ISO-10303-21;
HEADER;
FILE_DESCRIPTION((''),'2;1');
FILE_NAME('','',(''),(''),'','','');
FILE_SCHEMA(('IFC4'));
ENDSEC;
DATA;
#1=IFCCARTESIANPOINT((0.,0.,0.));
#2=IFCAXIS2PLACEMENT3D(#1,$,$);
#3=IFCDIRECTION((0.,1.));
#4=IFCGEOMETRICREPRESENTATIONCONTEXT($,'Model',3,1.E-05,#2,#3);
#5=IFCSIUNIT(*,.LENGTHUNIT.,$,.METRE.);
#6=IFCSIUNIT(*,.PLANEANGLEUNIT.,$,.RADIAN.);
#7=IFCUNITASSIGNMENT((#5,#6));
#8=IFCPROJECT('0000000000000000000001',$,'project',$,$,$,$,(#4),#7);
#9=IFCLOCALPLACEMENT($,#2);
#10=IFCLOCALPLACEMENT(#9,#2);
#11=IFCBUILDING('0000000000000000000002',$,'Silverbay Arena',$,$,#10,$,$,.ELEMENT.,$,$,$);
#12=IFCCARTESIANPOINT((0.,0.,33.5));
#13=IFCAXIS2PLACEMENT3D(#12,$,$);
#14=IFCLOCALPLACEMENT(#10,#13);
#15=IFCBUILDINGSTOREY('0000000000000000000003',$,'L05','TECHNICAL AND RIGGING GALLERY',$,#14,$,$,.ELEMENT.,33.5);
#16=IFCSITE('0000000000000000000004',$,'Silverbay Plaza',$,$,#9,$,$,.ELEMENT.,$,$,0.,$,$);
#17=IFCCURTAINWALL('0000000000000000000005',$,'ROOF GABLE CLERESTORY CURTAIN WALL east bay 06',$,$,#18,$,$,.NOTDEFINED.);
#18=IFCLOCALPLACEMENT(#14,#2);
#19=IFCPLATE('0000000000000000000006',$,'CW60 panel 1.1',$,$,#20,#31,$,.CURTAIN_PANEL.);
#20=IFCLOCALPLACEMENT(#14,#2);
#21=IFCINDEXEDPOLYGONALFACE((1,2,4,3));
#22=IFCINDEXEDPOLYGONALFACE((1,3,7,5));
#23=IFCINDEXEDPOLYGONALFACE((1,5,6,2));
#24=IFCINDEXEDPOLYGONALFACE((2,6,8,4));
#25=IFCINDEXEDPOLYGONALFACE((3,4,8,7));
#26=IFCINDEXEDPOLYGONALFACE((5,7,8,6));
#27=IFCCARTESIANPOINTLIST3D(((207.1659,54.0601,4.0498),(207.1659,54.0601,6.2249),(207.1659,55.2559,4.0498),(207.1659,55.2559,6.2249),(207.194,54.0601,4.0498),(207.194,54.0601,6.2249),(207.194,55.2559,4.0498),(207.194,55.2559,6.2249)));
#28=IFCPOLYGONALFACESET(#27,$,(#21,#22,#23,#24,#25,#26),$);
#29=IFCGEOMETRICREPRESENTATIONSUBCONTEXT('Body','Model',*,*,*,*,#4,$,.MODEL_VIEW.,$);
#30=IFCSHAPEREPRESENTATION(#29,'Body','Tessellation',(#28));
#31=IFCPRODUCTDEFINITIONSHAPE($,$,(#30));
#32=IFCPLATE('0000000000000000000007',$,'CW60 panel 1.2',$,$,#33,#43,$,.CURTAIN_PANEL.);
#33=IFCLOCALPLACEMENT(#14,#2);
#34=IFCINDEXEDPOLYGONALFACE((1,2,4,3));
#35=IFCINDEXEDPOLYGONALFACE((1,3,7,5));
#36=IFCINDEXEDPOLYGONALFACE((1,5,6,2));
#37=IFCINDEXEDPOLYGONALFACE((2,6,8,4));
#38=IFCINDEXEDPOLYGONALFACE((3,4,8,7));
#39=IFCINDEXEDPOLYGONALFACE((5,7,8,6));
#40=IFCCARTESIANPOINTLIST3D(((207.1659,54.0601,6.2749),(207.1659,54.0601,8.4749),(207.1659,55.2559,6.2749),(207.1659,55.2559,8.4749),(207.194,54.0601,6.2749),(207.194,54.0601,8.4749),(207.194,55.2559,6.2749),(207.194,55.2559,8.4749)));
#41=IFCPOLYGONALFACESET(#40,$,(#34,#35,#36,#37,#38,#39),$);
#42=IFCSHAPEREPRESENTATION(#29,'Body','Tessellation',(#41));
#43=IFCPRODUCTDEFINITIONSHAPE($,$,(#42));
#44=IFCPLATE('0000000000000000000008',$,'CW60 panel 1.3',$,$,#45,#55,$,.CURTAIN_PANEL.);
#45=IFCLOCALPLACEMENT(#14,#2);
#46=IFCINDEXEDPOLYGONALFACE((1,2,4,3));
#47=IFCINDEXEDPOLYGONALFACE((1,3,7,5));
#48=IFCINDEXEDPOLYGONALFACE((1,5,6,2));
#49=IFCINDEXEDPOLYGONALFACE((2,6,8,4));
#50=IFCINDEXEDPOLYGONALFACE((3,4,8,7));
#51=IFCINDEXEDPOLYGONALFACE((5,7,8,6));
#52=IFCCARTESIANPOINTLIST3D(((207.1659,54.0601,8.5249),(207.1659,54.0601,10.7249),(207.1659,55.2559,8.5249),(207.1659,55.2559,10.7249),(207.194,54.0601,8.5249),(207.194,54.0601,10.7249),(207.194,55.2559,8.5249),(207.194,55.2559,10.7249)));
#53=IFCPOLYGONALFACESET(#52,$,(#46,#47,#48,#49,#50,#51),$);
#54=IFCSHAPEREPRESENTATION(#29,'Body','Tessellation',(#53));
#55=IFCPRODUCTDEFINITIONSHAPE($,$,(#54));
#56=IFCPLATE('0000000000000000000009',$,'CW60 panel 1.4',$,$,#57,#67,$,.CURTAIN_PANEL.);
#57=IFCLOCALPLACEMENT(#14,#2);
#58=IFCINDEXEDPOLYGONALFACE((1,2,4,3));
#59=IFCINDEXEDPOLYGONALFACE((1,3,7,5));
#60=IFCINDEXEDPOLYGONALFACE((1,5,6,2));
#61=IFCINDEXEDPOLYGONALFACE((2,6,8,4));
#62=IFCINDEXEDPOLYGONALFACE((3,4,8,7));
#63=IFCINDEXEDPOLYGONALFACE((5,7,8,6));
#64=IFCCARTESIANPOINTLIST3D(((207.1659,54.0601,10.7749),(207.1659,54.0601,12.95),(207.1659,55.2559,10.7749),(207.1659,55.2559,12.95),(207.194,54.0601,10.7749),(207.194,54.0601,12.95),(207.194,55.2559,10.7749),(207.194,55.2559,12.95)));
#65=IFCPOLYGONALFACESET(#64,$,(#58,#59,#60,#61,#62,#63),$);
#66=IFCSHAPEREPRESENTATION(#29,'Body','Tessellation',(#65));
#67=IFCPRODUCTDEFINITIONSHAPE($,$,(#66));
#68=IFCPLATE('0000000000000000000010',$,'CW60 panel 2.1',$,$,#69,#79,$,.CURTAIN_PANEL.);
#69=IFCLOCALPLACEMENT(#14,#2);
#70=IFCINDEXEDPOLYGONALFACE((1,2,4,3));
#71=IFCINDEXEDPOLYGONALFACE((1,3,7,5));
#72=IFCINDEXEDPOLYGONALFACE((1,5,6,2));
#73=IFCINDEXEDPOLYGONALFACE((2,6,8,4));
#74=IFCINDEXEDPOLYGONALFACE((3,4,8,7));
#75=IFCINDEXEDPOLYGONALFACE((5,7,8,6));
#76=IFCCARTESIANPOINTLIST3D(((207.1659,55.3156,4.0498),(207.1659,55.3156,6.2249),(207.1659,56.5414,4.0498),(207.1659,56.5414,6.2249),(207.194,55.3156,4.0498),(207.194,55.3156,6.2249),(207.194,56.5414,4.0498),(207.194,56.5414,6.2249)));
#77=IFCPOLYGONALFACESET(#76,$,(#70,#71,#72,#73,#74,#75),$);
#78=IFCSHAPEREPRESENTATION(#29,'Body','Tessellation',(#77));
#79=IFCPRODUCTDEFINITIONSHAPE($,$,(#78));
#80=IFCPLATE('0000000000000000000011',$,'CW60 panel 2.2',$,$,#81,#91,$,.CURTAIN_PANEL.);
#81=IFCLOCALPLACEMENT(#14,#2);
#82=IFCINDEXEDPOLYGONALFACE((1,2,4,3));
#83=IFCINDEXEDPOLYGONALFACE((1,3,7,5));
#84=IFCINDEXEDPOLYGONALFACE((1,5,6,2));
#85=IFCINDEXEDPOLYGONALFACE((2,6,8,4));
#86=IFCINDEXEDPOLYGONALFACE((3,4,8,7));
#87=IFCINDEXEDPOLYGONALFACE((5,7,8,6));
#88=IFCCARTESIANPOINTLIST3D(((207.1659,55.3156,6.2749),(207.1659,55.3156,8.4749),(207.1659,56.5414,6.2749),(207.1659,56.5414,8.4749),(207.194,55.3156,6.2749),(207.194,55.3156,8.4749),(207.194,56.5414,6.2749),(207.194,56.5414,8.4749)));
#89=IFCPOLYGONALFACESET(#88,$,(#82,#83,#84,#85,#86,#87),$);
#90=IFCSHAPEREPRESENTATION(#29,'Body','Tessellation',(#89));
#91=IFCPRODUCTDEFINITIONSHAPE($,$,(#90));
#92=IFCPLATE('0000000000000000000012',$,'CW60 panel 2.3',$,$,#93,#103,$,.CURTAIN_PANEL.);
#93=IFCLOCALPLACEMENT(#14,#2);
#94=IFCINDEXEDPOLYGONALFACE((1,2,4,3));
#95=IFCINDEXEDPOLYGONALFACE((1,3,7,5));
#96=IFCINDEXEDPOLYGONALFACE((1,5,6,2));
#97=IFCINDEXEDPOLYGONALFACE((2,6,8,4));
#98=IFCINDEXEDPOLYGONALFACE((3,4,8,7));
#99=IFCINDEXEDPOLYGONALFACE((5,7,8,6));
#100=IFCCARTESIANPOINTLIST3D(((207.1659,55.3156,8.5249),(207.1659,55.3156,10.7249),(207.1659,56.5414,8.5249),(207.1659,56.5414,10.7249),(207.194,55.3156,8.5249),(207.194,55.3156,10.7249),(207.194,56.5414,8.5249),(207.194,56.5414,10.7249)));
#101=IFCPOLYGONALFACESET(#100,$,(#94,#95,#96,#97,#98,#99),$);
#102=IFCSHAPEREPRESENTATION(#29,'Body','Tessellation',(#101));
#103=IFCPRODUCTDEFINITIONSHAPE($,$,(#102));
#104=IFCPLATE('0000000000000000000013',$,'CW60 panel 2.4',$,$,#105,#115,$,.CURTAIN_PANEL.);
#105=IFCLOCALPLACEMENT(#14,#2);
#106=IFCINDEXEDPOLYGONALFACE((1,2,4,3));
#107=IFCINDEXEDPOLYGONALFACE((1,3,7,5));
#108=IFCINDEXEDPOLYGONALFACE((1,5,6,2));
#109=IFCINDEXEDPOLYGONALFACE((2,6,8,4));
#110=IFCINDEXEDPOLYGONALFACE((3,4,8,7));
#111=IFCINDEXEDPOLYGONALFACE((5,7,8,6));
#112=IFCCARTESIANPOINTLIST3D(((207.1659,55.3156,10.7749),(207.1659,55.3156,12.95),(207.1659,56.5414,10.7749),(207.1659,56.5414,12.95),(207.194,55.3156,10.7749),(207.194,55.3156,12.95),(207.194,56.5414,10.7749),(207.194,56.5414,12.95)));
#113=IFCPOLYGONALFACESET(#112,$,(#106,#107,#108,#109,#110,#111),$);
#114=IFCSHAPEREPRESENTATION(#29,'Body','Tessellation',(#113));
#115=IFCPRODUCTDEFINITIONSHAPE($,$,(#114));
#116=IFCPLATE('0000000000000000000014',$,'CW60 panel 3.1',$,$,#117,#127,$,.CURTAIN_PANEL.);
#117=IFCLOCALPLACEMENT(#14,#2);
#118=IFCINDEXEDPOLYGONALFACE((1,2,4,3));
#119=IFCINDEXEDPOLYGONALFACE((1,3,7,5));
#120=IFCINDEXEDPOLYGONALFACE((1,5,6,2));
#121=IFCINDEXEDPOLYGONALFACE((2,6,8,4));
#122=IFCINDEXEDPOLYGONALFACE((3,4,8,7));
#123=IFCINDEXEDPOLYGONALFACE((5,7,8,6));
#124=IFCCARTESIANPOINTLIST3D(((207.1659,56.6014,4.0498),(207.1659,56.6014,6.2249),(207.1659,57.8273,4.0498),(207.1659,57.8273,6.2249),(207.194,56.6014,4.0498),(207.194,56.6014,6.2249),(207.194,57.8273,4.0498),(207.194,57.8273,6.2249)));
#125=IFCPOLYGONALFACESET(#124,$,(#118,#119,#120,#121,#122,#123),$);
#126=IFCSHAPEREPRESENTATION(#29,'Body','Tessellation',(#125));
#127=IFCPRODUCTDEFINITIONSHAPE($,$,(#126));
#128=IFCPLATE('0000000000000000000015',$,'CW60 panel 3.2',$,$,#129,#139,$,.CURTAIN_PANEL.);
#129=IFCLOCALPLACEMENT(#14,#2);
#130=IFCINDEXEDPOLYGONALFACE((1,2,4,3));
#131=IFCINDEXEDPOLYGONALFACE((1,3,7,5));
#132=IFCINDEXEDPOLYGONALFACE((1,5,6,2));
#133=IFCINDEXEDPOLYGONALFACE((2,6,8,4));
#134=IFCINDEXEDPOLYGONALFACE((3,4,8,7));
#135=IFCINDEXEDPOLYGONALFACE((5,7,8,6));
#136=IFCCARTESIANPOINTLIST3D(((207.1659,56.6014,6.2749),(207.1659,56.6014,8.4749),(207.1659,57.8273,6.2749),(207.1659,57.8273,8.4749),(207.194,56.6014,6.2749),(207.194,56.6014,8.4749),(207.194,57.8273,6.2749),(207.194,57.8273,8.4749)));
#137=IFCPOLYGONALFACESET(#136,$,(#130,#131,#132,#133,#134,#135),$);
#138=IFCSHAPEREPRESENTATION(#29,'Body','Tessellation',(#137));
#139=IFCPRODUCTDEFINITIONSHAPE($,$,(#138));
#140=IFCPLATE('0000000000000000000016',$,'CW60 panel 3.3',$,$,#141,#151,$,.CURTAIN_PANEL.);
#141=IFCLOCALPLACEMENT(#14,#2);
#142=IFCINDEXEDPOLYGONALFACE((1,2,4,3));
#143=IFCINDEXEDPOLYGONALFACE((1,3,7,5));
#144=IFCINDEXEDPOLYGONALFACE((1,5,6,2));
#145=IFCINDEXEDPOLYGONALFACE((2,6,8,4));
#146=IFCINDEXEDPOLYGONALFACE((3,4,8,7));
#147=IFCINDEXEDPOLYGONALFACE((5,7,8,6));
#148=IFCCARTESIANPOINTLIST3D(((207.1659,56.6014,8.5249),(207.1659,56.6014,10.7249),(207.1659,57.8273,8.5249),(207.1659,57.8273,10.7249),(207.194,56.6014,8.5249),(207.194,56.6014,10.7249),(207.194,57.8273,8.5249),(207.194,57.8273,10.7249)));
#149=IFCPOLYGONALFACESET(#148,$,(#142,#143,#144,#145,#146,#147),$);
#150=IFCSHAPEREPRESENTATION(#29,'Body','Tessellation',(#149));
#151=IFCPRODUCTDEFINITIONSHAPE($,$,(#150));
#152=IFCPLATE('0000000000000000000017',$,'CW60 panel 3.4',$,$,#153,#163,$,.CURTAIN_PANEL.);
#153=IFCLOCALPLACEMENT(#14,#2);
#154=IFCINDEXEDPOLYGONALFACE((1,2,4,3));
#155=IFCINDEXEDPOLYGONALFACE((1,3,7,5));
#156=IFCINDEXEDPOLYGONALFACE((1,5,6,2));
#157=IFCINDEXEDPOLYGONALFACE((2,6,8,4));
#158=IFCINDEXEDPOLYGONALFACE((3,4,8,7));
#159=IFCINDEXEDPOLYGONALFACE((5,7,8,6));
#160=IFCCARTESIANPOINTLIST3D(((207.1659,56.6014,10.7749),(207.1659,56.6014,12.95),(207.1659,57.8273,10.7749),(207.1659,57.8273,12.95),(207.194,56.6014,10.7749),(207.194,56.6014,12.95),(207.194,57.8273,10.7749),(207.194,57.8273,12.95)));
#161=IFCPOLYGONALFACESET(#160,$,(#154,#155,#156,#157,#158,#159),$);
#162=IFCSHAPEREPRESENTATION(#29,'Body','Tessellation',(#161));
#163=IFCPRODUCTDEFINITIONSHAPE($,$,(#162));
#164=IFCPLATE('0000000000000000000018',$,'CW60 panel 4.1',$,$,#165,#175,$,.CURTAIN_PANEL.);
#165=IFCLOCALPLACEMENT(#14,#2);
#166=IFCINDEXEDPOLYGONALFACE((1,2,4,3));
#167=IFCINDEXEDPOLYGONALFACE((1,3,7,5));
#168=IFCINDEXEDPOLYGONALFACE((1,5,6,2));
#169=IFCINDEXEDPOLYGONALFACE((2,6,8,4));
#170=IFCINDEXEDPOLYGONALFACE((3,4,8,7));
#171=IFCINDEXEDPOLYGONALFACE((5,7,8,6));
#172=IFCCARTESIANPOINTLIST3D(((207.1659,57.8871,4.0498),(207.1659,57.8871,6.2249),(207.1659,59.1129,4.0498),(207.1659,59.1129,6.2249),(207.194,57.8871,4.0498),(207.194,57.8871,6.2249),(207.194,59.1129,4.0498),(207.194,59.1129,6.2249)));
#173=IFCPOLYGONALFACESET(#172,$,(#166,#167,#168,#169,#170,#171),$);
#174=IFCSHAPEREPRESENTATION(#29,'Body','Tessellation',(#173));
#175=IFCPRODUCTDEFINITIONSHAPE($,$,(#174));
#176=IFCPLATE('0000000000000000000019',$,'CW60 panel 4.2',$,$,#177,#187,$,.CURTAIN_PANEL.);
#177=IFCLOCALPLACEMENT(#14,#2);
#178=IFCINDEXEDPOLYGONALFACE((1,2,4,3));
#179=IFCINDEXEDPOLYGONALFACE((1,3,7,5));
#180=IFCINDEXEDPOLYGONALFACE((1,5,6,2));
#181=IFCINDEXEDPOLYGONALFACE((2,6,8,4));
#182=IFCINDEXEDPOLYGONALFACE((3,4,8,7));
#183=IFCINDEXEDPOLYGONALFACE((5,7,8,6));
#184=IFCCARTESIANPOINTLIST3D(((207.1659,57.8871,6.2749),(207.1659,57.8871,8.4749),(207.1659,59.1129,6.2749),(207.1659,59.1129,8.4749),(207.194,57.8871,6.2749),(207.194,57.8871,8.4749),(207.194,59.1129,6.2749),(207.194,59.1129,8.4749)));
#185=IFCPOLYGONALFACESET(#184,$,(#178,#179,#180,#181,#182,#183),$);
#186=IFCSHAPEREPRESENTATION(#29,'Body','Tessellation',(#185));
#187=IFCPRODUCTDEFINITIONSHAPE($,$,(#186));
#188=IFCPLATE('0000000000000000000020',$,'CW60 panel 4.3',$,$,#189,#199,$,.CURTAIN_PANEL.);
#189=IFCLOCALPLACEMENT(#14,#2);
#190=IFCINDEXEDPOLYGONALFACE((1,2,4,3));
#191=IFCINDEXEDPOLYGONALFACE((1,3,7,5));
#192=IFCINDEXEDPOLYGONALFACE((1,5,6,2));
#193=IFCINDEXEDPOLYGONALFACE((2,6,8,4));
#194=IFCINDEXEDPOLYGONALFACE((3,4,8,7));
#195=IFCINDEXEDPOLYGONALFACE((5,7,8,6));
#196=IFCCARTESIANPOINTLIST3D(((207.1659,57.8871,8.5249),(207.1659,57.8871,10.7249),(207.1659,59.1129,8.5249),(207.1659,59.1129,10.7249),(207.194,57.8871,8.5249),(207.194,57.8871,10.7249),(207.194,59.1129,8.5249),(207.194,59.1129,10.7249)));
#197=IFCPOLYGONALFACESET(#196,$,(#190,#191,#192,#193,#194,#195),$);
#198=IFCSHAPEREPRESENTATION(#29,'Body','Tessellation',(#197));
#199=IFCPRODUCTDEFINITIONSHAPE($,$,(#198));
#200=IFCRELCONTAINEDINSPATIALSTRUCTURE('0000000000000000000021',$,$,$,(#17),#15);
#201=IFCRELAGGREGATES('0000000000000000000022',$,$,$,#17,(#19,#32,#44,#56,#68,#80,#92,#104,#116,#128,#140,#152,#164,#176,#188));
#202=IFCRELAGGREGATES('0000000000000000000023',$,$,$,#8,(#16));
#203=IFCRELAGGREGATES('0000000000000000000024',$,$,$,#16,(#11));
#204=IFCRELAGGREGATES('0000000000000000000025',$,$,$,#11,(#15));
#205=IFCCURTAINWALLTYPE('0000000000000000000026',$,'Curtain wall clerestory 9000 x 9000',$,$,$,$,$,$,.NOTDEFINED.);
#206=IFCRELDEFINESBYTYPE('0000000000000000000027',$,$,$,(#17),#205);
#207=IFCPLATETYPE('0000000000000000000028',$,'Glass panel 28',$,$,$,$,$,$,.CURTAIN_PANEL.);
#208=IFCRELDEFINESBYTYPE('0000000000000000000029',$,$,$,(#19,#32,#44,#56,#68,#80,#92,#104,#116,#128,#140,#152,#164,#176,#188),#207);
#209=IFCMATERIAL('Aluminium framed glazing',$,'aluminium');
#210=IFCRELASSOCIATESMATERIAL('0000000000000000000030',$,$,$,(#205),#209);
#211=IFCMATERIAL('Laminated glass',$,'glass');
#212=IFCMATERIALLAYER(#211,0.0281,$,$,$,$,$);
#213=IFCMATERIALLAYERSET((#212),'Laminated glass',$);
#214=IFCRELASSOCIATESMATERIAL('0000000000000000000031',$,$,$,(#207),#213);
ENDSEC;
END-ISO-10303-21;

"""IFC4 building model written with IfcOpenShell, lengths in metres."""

from ifc_helpers import new_model, si_unit, direction, frame, origin, origin_2d, place, context, subcontext, project, spatial, rectangle, extrude, material, layer, layer_set, type_object, element, aggregate, save


model = new_model("IFC4")

# Units and contexts
model_context = context("Model", 3, precision=1e-05, world=origin(), true_north=direction((0.0, 1.0)))
body_context = subcontext(model_context, "Body", "Model", "MODEL_VIEW")
ifc_project = project(units=[si_unit("LENGTHUNIT", "METRE"), si_unit("PLANEANGLEUNIT", "RADIAN")], contexts=[model_context])

# Site, building, storey
site_placement = place(None, origin())
site = spatial("IfcSite", under=ifc_project, at=site_placement, Name="Silverbay Plaza", CompositionType="ELEMENT", RefElevation=0.0)
building_placement = place(site_placement, origin())
building = spatial("IfcBuilding", under=site, at=building_placement, Name="Silverbay Arena", CompositionType="ELEMENT")
storey_placement = place(building_placement, frame((0.0, 0.0, 33.5)))
storey = spatial("IfcBuildingStorey", under=building, at=storey_placement, Name="L05", Description="TECHNICAL AND RIGGING GALLERY", CompositionType="ELEMENT", Elevation=33.5)

# Curtain wall, plates
ifc_material_1 = material(Name="Aluminium framed glazing", Category="aluminium")
curtain_wall_type = type_object("IfcCurtainWallType", Name="Curtain wall clerestory 9000 x 9000", PredefinedType="NOTDEFINED", material=ifc_material_1)
curtain_wall_placement = place(storey_placement, origin())
curtain_wall = element("IfcCurtainWall", 1, at=curtain_wall_placement, inside=storey, type_object=curtain_wall_type, Name="ROOF GABLE CLERESTORY CURTAIN WALL east bay 06", PredefinedType="NOTDEFINED")
ifc_material_2 = material(Name="Laminated glass", Category="glass")
ifc_layer = layer(ifc_material_2, 0.0281)
ifc_layer_set = layer_set([ifc_layer], Name="Laminated glass")
plate_type = type_object("IfcPlateType", Name="Glass panel 28", PredefinedType="CURTAIN_PANEL", material=ifc_layer_set)
plate_1_placement = place(storey_placement, frame((207.1799, 54.658, 4.0498), z_axis=(0.0, 0.0, 1.0), x_axis=(0.0, 1.0, 0.0)))
plate_1 = element("IfcPlate", 2, at=plate_1_placement, type_object=plate_type, Name="CW60 panel 1.1", PredefinedType="CURTAIN_PANEL", context=body_context, shape_type="SweptSolid", body=[
    extrude(rectangle(XDim=1.1958, YDim=0.0281, at=origin_2d()), origin(), (0.0, 0.0, 1.0), 2.175),
])
plate_2_placement = place(storey_placement, frame((207.1799, 54.658, 6.2749), z_axis=(0.0, 0.0, 1.0), x_axis=(0.0, 1.0, 0.0)))
plate_2 = element("IfcPlate", 3, at=plate_2_placement, type_object=plate_type, Name="CW60 panel 1.2", PredefinedType="CURTAIN_PANEL", context=body_context, shape_type="SweptSolid", body=[
    extrude(rectangle(XDim=1.1958, YDim=0.0281, at=origin_2d()), origin(), (0.0, 0.0, 1.0), 2.2),
])
plate_3_placement = place(storey_placement, frame((207.1799, 54.658, 8.5249), z_axis=(0.0, 0.0, 1.0), x_axis=(0.0, 1.0, 0.0)))
plate_3 = element("IfcPlate", 4, at=plate_3_placement, type_object=plate_type, Name="CW60 panel 1.3", PredefinedType="CURTAIN_PANEL", context=body_context, shape_type="SweptSolid", body=[
    extrude(rectangle(XDim=1.1958, YDim=0.0281, at=origin_2d()), origin(), (0.0, 0.0, 1.0), 2.2),
])
plate_4_placement = place(storey_placement, frame((207.1799, 54.658, 10.7749), z_axis=(0.0, 0.0, 1.0), x_axis=(0.0, 1.0, 0.0)))
plate_4 = element("IfcPlate", 5, at=plate_4_placement, type_object=plate_type, Name="CW60 panel 1.4", PredefinedType="CURTAIN_PANEL", context=body_context, shape_type="SweptSolid", body=[
    extrude(rectangle(XDim=1.1958, YDim=0.0281, at=origin_2d()), origin(), (0.0, 0.0, 1.0), 2.175),
])
plate_5_placement = place(storey_placement, frame((207.1799, 55.9285, 4.0498), z_axis=(0.0, 0.0, 1.0), x_axis=(0.0, 1.0, 0.0)))
plate_5 = element("IfcPlate", 6, at=plate_5_placement, type_object=plate_type, Name="CW60 panel 2.1", PredefinedType="CURTAIN_PANEL", context=body_context, shape_type="SweptSolid", body=[
    extrude(rectangle(XDim=1.2258, YDim=0.0281, at=origin_2d()), origin(), (0.0, 0.0, 1.0), 2.175),
])
plate_6_placement = place(storey_placement, frame((207.1799, 55.9285, 6.2749), z_axis=(0.0, 0.0, 1.0), x_axis=(0.0, 1.0, 0.0)))
plate_6 = element("IfcPlate", 7, at=plate_6_placement, type_object=plate_type, Name="CW60 panel 2.2", PredefinedType="CURTAIN_PANEL", context=body_context, shape_type="SweptSolid", body=[
    extrude(rectangle(XDim=1.2258, YDim=0.0281, at=origin_2d()), origin(), (0.0, 0.0, 1.0), 2.2),
])
plate_7_placement = place(storey_placement, frame((207.1799, 55.9285, 8.5249), z_axis=(0.0, 0.0, 1.0), x_axis=(0.0, 1.0, 0.0)))
plate_7 = element("IfcPlate", 8, at=plate_7_placement, type_object=plate_type, Name="CW60 panel 2.3", PredefinedType="CURTAIN_PANEL", context=body_context, shape_type="SweptSolid", body=[
    extrude(rectangle(XDim=1.2258, YDim=0.0281, at=origin_2d()), origin(), (0.0, 0.0, 1.0), 2.2),
])
plate_8_placement = place(storey_placement, frame((207.1799, 55.9285, 10.7749), z_axis=(0.0, 0.0, 1.0), x_axis=(0.0, 1.0, 0.0)))
plate_8 = element("IfcPlate", 9, at=plate_8_placement, type_object=plate_type, Name="CW60 panel 2.4", PredefinedType="CURTAIN_PANEL", context=body_context, shape_type="SweptSolid", body=[
    extrude(rectangle(XDim=1.2258, YDim=0.0281, at=origin_2d()), origin(), (0.0, 0.0, 1.0), 2.175),
])
plate_9_placement = place(storey_placement, frame((207.1799, 57.2144, 4.0498), z_axis=(0.0, 0.0, 1.0), x_axis=(0.0, 1.0, 0.0)))
plate_9 = element("IfcPlate", 10, at=plate_9_placement, type_object=plate_type, Name="CW60 panel 3.1", PredefinedType="CURTAIN_PANEL", context=body_context, shape_type="SweptSolid", body=[
    extrude(rectangle(XDim=1.2258, YDim=0.0281, at=origin_2d()), origin(), (0.0, 0.0, 1.0), 2.175),
])
plate_10_placement = place(storey_placement, frame((207.1799, 57.2144, 6.2749), z_axis=(0.0, 0.0, 1.0), x_axis=(0.0, 1.0, 0.0)))
plate_10 = element("IfcPlate", 11, at=plate_10_placement, type_object=plate_type, Name="CW60 panel 3.2", PredefinedType="CURTAIN_PANEL", context=body_context, shape_type="SweptSolid", body=[
    extrude(rectangle(XDim=1.2258, YDim=0.0281, at=origin_2d()), origin(), (0.0, 0.0, 1.0), 2.2),
])
plate_11_placement = place(storey_placement, frame((207.1799, 57.2144, 8.5249), z_axis=(0.0, 0.0, 1.0), x_axis=(0.0, 1.0, 0.0)))
plate_11 = element("IfcPlate", 12, at=plate_11_placement, type_object=plate_type, Name="CW60 panel 3.3", PredefinedType="CURTAIN_PANEL", context=body_context, shape_type="SweptSolid", body=[
    extrude(rectangle(XDim=1.2258, YDim=0.0281, at=origin_2d()), origin(), (0.0, 0.0, 1.0), 2.2),
])
plate_12_placement = place(storey_placement, frame((207.1799, 57.2144, 10.7749), z_axis=(0.0, 0.0, 1.0), x_axis=(0.0, 1.0, 0.0)))
plate_12 = element("IfcPlate", 13, at=plate_12_placement, type_object=plate_type, Name="CW60 panel 3.4", PredefinedType="CURTAIN_PANEL", context=body_context, shape_type="SweptSolid", body=[
    extrude(rectangle(XDim=1.2258, YDim=0.0281, at=origin_2d()), origin(), (0.0, 0.0, 1.0), 2.175),
])
plate_13_placement = place(storey_placement, frame((207.1799, 58.5, 4.0498), z_axis=(0.0, 0.0, 1.0), x_axis=(0.0, 1.0, 0.0)))
plate_13 = element("IfcPlate", 14, at=plate_13_placement, type_object=plate_type, Name="CW60 panel 4.1", PredefinedType="CURTAIN_PANEL", context=body_context, shape_type="SweptSolid", body=[
    extrude(rectangle(XDim=1.2258, YDim=0.0281, at=origin_2d()), origin(), (0.0, 0.0, 1.0), 2.175),
])
plate_14_placement = place(storey_placement, frame((207.1799, 58.5, 6.2749), z_axis=(0.0, 0.0, 1.0), x_axis=(0.0, 1.0, 0.0)))
plate_14 = element("IfcPlate", 15, at=plate_14_placement, type_object=plate_type, Name="CW60 panel 4.2", PredefinedType="CURTAIN_PANEL", context=body_context, shape_type="SweptSolid", body=[
    extrude(rectangle(XDim=1.2258, YDim=0.0281, at=origin_2d()), origin(), (0.0, 0.0, 1.0), 2.2),
])
plate_15_placement = place(storey_placement, frame((207.1799, 58.5, 8.5249), z_axis=(0.0, 0.0, 1.0), x_axis=(0.0, 1.0, 0.0)))
plate_15 = element("IfcPlate", 16, at=plate_15_placement, type_object=plate_type, Name="CW60 panel 4.3", PredefinedType="CURTAIN_PANEL", context=body_context, shape_type="SweptSolid", body=[
    extrude(rectangle(XDim=1.2258, YDim=0.0281, at=origin_2d()), origin(), (0.0, 0.0, 1.0), 2.2),
])
aggregate(curtain_wall, [plate_1, plate_2, plate_3, plate_4, plate_5, plate_6, plate_7, plate_8, plate_9, plate_10, plate_11, plate_12, plate_13, plate_14, plate_15])

save(model, "model.ifc")
